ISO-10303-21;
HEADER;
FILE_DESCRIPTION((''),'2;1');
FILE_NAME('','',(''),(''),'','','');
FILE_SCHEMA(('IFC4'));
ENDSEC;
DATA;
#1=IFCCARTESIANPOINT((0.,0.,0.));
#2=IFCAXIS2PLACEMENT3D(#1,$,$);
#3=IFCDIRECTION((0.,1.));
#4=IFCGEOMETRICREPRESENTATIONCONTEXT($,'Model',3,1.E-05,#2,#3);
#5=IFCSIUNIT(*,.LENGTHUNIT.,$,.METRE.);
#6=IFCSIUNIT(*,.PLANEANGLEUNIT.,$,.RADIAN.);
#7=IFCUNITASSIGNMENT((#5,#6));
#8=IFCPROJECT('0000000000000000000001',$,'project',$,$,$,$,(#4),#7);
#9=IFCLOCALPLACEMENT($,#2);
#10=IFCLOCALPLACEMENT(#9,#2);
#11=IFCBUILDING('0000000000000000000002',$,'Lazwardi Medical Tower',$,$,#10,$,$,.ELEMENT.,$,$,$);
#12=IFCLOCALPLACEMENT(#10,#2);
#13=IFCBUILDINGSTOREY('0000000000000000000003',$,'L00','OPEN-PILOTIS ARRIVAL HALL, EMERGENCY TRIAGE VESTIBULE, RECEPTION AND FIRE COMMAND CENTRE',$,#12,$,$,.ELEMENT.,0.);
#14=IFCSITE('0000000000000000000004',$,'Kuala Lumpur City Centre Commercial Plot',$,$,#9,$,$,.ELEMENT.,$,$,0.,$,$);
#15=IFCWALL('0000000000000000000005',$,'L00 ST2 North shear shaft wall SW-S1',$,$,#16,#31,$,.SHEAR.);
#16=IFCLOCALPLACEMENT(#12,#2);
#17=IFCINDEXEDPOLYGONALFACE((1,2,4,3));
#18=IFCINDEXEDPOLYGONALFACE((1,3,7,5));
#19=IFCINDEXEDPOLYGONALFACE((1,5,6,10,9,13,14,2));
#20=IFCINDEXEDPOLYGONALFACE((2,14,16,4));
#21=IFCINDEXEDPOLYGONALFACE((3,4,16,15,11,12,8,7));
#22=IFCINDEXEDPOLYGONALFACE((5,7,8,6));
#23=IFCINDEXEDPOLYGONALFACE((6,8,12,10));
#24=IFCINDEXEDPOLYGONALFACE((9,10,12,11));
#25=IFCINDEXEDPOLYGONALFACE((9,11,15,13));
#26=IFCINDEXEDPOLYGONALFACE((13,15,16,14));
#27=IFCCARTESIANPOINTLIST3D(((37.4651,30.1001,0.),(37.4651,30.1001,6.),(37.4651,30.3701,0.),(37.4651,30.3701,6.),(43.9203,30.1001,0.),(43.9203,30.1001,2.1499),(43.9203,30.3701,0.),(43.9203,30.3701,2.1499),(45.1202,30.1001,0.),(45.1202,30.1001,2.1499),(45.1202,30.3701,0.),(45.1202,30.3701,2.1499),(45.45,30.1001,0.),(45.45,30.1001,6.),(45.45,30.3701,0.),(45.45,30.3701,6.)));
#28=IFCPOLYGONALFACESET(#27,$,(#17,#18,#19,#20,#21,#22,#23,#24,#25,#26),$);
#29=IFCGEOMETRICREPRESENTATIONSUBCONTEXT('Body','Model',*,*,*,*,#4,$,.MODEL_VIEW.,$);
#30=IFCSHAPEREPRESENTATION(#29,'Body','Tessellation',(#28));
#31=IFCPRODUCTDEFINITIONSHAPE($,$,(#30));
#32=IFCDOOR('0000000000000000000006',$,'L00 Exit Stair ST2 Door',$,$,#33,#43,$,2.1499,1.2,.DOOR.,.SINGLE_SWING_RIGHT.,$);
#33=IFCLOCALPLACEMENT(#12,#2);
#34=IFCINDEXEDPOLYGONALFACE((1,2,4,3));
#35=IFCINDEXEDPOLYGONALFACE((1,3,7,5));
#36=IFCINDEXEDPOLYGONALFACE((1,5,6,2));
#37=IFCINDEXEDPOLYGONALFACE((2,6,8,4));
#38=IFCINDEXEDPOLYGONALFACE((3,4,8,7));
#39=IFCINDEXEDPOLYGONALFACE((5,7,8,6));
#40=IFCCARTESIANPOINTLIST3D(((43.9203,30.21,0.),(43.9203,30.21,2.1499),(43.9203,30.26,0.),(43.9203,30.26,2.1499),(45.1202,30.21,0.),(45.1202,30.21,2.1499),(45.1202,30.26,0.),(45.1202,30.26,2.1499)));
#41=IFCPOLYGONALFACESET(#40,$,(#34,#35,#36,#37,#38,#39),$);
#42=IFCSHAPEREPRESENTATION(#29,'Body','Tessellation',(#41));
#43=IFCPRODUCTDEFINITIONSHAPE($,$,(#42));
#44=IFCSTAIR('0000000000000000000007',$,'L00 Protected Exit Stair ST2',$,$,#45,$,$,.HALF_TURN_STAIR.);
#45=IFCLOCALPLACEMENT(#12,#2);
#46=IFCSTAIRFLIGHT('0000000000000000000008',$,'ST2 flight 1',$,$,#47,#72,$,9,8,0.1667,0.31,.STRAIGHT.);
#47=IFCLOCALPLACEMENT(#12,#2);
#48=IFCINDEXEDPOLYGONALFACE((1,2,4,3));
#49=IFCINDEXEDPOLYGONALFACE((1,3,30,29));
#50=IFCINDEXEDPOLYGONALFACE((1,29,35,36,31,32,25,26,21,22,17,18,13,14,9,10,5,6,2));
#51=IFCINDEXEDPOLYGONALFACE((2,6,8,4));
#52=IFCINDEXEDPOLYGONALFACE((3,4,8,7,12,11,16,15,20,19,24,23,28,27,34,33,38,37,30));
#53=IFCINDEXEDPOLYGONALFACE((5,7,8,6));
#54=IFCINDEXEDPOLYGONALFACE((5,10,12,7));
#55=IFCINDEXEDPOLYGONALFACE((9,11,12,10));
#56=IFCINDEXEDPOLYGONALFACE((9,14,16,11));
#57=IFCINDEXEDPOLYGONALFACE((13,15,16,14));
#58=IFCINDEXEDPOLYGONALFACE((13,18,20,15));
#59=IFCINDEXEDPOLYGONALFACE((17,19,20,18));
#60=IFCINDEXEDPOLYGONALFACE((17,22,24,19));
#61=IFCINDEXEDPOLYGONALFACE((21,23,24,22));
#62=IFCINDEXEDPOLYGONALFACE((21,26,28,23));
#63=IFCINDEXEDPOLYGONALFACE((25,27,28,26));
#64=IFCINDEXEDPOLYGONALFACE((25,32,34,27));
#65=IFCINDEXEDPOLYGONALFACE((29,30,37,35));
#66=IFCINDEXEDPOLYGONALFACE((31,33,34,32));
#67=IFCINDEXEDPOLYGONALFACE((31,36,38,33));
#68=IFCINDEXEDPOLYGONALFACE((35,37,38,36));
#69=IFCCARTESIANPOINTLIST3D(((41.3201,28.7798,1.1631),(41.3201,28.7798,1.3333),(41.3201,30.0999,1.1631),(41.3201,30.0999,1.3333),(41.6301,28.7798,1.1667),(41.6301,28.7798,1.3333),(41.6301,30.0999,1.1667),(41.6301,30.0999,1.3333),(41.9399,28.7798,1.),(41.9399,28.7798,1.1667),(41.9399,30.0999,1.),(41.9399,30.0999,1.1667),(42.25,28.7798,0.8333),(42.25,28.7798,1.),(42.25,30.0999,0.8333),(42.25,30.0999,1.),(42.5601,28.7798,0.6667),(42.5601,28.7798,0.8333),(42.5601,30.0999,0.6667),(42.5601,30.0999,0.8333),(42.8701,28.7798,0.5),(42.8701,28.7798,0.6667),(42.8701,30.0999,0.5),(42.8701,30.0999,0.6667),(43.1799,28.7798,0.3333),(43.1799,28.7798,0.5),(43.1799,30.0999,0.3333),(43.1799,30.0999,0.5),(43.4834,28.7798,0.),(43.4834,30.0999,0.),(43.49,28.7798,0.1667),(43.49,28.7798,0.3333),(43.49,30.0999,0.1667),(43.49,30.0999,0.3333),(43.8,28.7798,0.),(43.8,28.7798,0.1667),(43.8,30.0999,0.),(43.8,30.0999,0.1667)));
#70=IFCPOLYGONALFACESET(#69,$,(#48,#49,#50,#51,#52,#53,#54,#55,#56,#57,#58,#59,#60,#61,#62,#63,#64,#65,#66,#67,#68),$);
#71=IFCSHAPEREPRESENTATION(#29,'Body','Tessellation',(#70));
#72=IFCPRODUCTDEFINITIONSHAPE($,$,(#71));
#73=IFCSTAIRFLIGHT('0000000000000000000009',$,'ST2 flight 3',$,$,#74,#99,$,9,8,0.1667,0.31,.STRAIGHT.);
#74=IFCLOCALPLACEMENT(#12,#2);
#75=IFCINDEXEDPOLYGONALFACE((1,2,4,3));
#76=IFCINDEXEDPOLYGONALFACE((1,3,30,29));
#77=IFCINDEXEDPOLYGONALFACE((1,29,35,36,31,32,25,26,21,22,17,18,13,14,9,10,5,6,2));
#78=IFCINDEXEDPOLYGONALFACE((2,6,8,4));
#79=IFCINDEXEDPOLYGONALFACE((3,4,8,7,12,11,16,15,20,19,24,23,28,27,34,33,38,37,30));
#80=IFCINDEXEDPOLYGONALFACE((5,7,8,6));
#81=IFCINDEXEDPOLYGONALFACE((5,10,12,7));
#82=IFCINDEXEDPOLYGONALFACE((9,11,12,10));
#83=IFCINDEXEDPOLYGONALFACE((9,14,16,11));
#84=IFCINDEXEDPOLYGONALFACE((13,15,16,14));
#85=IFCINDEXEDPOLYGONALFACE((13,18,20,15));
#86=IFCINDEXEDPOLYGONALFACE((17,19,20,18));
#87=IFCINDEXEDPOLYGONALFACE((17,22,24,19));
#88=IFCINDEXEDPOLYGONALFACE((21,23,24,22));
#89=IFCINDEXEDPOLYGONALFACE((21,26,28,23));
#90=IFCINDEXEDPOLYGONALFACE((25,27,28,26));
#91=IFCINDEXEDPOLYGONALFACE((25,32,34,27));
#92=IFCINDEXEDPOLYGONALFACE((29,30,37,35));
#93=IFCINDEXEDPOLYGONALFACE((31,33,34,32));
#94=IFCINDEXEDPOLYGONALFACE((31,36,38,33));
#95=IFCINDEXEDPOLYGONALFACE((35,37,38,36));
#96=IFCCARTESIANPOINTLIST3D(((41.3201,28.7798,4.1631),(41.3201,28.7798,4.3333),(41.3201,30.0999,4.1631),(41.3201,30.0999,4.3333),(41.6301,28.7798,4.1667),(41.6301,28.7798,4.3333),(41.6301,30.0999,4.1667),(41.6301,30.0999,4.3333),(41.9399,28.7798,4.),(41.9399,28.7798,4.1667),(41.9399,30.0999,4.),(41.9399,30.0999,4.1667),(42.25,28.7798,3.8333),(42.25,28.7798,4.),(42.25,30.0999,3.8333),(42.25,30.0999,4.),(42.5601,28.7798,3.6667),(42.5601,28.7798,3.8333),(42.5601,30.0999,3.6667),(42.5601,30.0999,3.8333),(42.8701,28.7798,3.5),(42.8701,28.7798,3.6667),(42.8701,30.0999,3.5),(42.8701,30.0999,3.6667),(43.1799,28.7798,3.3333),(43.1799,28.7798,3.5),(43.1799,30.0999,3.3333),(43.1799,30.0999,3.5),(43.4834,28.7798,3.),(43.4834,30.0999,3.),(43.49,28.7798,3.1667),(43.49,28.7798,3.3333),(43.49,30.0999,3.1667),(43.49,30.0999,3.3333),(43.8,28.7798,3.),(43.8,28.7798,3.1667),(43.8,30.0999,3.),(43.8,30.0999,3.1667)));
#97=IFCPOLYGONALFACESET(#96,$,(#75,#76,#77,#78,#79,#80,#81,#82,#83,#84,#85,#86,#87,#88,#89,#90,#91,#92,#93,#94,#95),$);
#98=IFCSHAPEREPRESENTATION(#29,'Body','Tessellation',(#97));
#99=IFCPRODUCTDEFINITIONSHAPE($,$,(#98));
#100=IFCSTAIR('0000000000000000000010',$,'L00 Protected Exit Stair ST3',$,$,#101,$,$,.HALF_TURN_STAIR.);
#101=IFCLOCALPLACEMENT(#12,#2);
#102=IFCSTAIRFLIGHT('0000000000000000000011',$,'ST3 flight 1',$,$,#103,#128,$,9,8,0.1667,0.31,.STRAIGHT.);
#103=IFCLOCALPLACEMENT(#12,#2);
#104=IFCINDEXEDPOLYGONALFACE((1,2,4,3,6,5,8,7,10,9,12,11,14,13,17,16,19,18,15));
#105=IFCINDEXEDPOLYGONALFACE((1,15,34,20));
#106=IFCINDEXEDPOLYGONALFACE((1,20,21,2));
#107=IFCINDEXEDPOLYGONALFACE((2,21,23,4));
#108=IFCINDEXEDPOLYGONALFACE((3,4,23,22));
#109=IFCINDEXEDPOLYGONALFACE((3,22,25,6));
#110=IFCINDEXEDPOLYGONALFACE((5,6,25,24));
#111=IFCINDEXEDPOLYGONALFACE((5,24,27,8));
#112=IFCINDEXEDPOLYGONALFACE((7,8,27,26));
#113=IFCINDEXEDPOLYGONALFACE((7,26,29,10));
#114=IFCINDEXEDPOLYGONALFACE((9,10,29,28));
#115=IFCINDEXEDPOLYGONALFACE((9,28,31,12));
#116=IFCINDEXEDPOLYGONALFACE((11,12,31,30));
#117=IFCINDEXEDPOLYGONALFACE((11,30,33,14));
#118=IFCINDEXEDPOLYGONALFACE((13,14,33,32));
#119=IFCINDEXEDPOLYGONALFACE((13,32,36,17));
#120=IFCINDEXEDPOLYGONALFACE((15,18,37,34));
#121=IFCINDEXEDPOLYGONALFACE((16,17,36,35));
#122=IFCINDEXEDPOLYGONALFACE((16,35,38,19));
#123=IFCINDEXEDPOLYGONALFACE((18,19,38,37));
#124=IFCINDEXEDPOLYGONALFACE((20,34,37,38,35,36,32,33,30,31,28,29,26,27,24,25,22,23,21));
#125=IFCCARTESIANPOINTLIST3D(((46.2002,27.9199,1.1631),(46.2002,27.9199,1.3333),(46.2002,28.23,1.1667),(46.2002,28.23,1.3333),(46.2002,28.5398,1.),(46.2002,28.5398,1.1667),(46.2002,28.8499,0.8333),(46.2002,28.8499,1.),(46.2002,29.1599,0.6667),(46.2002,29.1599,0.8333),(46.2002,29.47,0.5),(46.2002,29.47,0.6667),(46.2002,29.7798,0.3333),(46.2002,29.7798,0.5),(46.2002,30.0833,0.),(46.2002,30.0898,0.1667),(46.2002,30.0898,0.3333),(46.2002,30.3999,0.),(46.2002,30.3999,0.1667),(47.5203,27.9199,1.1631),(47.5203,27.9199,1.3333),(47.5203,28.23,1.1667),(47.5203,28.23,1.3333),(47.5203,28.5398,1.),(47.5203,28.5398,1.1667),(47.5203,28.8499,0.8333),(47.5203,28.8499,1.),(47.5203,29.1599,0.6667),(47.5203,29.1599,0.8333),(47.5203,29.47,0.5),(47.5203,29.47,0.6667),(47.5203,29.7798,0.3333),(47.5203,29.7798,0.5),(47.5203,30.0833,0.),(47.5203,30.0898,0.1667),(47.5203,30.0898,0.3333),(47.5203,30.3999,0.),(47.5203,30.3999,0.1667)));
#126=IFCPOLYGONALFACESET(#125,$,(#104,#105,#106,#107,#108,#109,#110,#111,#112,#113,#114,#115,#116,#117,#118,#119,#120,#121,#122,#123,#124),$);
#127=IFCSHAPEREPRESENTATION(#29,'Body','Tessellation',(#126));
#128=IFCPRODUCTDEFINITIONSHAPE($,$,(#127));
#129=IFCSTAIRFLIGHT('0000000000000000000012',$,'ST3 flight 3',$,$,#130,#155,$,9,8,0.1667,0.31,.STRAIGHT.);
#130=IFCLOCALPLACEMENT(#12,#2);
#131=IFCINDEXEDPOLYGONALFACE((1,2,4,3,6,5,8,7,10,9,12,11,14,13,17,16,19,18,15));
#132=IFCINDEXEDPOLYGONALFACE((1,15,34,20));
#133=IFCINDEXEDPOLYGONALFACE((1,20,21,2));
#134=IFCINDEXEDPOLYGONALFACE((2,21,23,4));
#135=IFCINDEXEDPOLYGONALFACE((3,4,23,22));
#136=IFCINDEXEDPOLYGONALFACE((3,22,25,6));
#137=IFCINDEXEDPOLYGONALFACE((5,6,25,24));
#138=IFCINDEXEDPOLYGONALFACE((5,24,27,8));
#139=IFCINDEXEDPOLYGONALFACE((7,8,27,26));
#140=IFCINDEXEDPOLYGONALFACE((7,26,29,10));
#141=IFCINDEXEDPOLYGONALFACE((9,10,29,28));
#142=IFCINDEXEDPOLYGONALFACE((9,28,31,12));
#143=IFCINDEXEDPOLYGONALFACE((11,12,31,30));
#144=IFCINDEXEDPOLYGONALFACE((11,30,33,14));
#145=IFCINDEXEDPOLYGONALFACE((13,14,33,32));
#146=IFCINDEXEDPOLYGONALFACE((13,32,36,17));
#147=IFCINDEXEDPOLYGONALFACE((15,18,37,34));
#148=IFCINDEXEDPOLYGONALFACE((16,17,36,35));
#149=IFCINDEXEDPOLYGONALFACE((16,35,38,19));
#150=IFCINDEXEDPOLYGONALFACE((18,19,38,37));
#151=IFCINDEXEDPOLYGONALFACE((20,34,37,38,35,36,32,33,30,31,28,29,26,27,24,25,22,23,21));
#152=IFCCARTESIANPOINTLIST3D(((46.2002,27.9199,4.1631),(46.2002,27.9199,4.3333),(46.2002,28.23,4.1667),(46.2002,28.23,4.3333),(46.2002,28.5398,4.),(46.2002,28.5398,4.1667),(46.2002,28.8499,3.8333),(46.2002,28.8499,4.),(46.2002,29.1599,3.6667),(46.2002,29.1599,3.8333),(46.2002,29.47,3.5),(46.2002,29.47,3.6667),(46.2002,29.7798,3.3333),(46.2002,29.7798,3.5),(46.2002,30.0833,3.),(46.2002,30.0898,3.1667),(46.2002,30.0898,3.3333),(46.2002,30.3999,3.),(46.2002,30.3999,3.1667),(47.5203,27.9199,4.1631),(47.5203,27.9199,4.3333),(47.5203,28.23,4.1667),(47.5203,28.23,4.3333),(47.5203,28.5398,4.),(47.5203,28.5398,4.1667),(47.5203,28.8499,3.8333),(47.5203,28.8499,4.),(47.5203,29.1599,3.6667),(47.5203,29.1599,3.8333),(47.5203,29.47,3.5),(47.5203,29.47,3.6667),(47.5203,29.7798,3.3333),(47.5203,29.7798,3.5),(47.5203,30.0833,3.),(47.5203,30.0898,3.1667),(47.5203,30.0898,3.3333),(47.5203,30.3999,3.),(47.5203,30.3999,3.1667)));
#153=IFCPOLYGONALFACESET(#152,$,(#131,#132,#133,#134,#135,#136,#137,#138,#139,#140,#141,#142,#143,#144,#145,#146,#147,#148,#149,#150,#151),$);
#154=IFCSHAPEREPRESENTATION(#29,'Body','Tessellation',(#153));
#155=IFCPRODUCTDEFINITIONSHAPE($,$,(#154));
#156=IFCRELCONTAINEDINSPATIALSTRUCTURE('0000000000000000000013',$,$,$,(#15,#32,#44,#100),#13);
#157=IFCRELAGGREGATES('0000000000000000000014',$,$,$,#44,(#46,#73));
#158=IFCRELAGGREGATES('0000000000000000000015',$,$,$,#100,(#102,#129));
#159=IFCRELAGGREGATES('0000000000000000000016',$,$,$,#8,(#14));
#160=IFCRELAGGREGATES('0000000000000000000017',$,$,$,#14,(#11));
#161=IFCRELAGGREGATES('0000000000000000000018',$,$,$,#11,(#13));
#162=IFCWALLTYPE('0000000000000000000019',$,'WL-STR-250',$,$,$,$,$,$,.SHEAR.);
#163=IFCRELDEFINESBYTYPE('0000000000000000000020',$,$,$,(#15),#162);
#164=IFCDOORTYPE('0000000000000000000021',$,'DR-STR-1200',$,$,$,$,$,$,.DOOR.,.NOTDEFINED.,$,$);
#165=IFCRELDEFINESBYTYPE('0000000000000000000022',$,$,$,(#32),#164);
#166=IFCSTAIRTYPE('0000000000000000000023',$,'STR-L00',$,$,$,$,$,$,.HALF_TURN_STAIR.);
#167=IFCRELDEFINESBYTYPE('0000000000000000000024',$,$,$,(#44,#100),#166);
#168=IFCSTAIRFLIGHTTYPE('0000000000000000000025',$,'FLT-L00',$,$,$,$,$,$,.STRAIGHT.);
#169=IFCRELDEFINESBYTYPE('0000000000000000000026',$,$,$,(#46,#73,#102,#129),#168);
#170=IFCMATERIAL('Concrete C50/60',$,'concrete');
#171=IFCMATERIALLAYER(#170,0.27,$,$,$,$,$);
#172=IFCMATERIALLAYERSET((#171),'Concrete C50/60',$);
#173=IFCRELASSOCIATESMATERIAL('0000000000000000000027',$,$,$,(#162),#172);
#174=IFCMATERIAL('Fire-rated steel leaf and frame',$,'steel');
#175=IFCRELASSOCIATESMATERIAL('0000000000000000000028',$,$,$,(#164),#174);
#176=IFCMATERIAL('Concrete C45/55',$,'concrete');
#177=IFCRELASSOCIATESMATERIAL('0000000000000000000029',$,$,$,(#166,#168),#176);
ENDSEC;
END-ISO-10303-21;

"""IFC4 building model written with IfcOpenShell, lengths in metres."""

from ifc_helpers import new_model, si_unit, direction, frame, frame_2d, origin, place, context, subcontext, project, spatial, polyline, rectangle, outline, extrude, material, layer, layer_set, type_object, element, fill, aggregate, save


model = new_model("IFC4")

# Units and contexts
model_context = context("Model", 3, precision=1e-05, world=origin(), true_north=direction((0.0, 1.0)))
body_context = subcontext(model_context, "Body", "Model", "MODEL_VIEW")
ifc_project = project(units=[si_unit("LENGTHUNIT", "METRE"), si_unit("PLANEANGLEUNIT", "RADIAN")], contexts=[model_context])

# Site, building, storey
site_placement = place(None, origin())
site = spatial("IfcSite", under=ifc_project, at=site_placement, Name="Kuala Lumpur City Centre Commercial Plot", CompositionType="ELEMENT", RefElevation=0.0)
building_placement = place(site_placement, origin())
building = spatial("IfcBuilding", under=site, at=building_placement, Name="Lazwardi Medical Tower", CompositionType="ELEMENT")
storey_placement = place(building_placement, origin())
storey = spatial("IfcBuildingStorey", under=building, at=storey_placement, Name="L00", Description="OPEN-PILOTIS ARRIVAL HALL, EMERGENCY TRIAGE VESTIBULE, RECEPTION AND FIRE COMMAND CENTRE", CompositionType="ELEMENT", Elevation=0.0)

# Wall, opening, door
ifc_material_1 = material(Name="Concrete C50/60", Category="concrete")
ifc_layer = layer(ifc_material_1, 0.27)
ifc_layer_set = layer_set([ifc_layer], Name="Concrete C50/60")
wall_type = type_object("IfcWallType", Name="WL-STR-250", PredefinedType="SHEAR", material=ifc_layer_set)
wall_placement = place(storey_placement, frame((37.4651, 30.2351, 0.0), z_axis=(0.0, 0.0, 1.0), x_axis=(1.0, 0.0, 0.0)))
wall = element("IfcWall", 1, at=wall_placement, inside=storey, type_object=wall_type, Name="L00 ST2 North shear shaft wall SW-S1", PredefinedType="SHEAR", context=body_context, shape_type="SweptSolid", body=[
    extrude(rectangle(XDim=7.9849, YDim=0.27, at=frame_2d((3.9924, 0.0))), origin(), (0.0, 0.0, 1.0), 6.0),
])
opening_placement = place(wall_placement, frame((6.4551, 0.0, 0.0)))
opening = element("IfcOpeningElement", 2, at=opening_placement, cuts=wall, PredefinedType="OPENING", context=body_context, shape_type="SweptSolid", body=[
    extrude(rectangle(XDim=1.2, YDim=2.1499, at=frame_2d((0.6001, 1.075))), frame((0.0, 0.145, 0.0), z_axis=(0.0, -1.0, 0.0), x_axis=(1.0, 0.0, 0.0)), (0.0, 0.0, 1.0), 0.29),
])
ifc_material_2 = material(Name="Fire-rated steel leaf and frame", Category="steel")
door_type = type_object("IfcDoorType", Name="DR-STR-1200", OperationType="NOTDEFINED", PredefinedType="DOOR", material=ifc_material_2)
door_placement = place(opening_placement, origin())
door = element("IfcDoor", 3, at=door_placement, inside=storey, type_object=door_type, Name="L00 Exit Stair ST2 Door", OperationType="SINGLE_SWING_RIGHT", OverallHeight=2.1499, OverallWidth=1.2, PredefinedType="DOOR", context=body_context, shape_type="SweptSolid", body=[
    extrude(rectangle(XDim=1.2, YDim=2.1499, at=frame_2d((0.6001, 1.075))), frame((0.0, 0.0249, 0.0), z_axis=(0.0, -1.0, 0.0), x_axis=(1.0, 0.0, 0.0)), (0.0, 0.0, 1.0), 0.05),
])
fill(opening, door)

# Stairs, stair flights
ifc_material_3 = material(Name="Concrete C45/55", Category="concrete")
stair_type = type_object("IfcStairType", Name="STR-L00", PredefinedType="HALF_TURN_STAIR", material=ifc_material_3)
stair_1_placement = place(storey_placement, origin())
stair_1 = element("IfcStair", 4, at=stair_1_placement, inside=storey, type_object=stair_type, Name="L00 Protected Exit Stair ST2", PredefinedType="HALF_TURN_STAIR")
stair_flight_type = type_object("IfcStairFlightType", Name="FLT-L00", PredefinedType="STRAIGHT", material=ifc_material_3)
stair_flight_1_placement = place(storey_placement, frame((43.8, 29.4399, 0.0), z_axis=(0.0, 0.0, 1.0), x_axis=(-1.0, 0.0, 0.0)))
stair_flight_1 = element("IfcStairFlight", 5, at=stair_flight_1_placement, type_object=stair_flight_type, Name="ST2 flight 1", NumberOfRisers=9, NumberOfTreads=8, PredefinedType="STRAIGHT", RiserHeight=0.1667, TreadLength=0.31, context=body_context, shape_type="SweptSolid", body=[
    extrude(outline(polyline([(0.0, 0.0), (0.0, 0.1667), (0.3101, 0.1667), (0.3101, 0.3333), (0.6201, 0.3333), (0.6201, 0.5), (0.9299, 0.5), (0.9299, 0.6667), (1.24, 0.6667), (1.24, 0.8333), (1.55, 0.8333), (1.55, 1.0), (1.8601, 1.0), (1.8601, 1.1667), (2.1699, 1.1667), (2.1699, 1.3333), (2.48, 1.3333), (2.48, 1.5), (2.48, 1.1631), (0.3167, 0.0), (0.0, 0.0)])), frame((0.0, 0.6602, 0.0), z_axis=(0.0, -1.0, 0.0), x_axis=(1.0, 0.0, 0.0)), (0.0, 0.0, 1.0), 1.3201),
])
stair_flight_2_placement = place(storey_placement, frame((43.8, 29.4399, 3.0), z_axis=(0.0, 0.0, 1.0), x_axis=(-1.0, 0.0, 0.0)))
stair_flight_2 = element("IfcStairFlight", 6, at=stair_flight_2_placement, type_object=stair_flight_type, Name="ST2 flight 3", NumberOfRisers=9, NumberOfTreads=8, PredefinedType="STRAIGHT", RiserHeight=0.1667, TreadLength=0.31, context=body_context, shape_type="SweptSolid", body=[
    extrude(outline(polyline([(0.0, 0.0), (0.0, 0.1667), (0.3101, 0.1667), (0.3101, 0.3333), (0.6201, 0.3333), (0.6201, 0.5), (0.9299, 0.5), (0.9299, 0.6667), (1.24, 0.6667), (1.24, 0.8333), (1.55, 0.8333), (1.55, 1.0), (1.8601, 1.0), (1.8601, 1.1667), (2.1699, 1.1667), (2.1699, 1.3333), (2.48, 1.3333), (2.48, 1.5), (2.48, 1.1631), (0.3167, 0.0), (0.0, 0.0)])), frame((0.0, 0.6602, 0.0), z_axis=(0.0, -1.0, 0.0), x_axis=(1.0, 0.0, 0.0)), (0.0, 0.0, 1.0), 1.3201),
])
aggregate(stair_1, [stair_flight_1, stair_flight_2])
stair_2_placement = place(storey_placement, origin())
stair_2 = element("IfcStair", 7, at=stair_2_placement, inside=storey, type_object=stair_type, Name="L00 Protected Exit Stair ST3", PredefinedType="HALF_TURN_STAIR")
stair_flight_3_placement = place(storey_placement, frame((46.8601, 30.3999, 0.0), z_axis=(0.0, 0.0, 1.0), x_axis=(0.0, -1.0, 0.0)))
stair_flight_3 = element("IfcStairFlight", 8, at=stair_flight_3_placement, type_object=stair_flight_type, Name="ST3 flight 1", NumberOfRisers=9, NumberOfTreads=8, PredefinedType="STRAIGHT", RiserHeight=0.1667, TreadLength=0.31, context=body_context, shape_type="SweptSolid", body=[
    extrude(outline(polyline([(0.0, 0.0), (0.0, 0.1667), (0.3101, 0.1667), (0.3101, 0.3333), (0.6201, 0.3333), (0.6201, 0.5), (0.9299, 0.5), (0.9299, 0.6667), (1.24, 0.6667), (1.24, 0.8333), (1.55, 0.8333), (1.55, 1.0), (1.8601, 1.0), (1.8601, 1.1667), (2.1699, 1.1667), (2.1699, 1.3333), (2.48, 1.3333), (2.48, 1.5), (2.48, 1.1631), (0.3167, 0.0), (0.0, 0.0)])), frame((0.0, 0.6602, 0.0), z_axis=(0.0, -1.0, 0.0), x_axis=(1.0, 0.0, 0.0)), (0.0, 0.0, 1.0), 1.3201),
])
stair_flight_4_placement = place(storey_placement, frame((46.8601, 30.3999, 3.0), z_axis=(0.0, 0.0, 1.0), x_axis=(0.0, -1.0, 0.0)))
stair_flight_4 = element("IfcStairFlight", 9, at=stair_flight_4_placement, type_object=stair_flight_type, Name="ST3 flight 3", NumberOfRisers=9, NumberOfTreads=8, PredefinedType="STRAIGHT", RiserHeight=0.1667, TreadLength=0.31, context=body_context, shape_type="SweptSolid", body=[
    extrude(outline(polyline([(0.0, 0.0), (0.0, 0.1667), (0.3101, 0.1667), (0.3101, 0.3333), (0.6201, 0.3333), (0.6201, 0.5), (0.9299, 0.5), (0.9299, 0.6667), (1.24, 0.6667), (1.24, 0.8333), (1.55, 0.8333), (1.55, 1.0), (1.8601, 1.0), (1.8601, 1.1667), (2.1699, 1.1667), (2.1699, 1.3333), (2.48, 1.3333), (2.48, 1.5), (2.48, 1.1631), (0.3167, 0.0), (0.0, 0.0)])), frame((0.0, 0.6602, 0.0), z_axis=(0.0, -1.0, 0.0), x_axis=(1.0, 0.0, 0.0)), (0.0, 0.0, 1.0), 1.3201),
])
aggregate(stair_2, [stair_flight_3, stair_flight_4])

save(model, "model.ifc")
